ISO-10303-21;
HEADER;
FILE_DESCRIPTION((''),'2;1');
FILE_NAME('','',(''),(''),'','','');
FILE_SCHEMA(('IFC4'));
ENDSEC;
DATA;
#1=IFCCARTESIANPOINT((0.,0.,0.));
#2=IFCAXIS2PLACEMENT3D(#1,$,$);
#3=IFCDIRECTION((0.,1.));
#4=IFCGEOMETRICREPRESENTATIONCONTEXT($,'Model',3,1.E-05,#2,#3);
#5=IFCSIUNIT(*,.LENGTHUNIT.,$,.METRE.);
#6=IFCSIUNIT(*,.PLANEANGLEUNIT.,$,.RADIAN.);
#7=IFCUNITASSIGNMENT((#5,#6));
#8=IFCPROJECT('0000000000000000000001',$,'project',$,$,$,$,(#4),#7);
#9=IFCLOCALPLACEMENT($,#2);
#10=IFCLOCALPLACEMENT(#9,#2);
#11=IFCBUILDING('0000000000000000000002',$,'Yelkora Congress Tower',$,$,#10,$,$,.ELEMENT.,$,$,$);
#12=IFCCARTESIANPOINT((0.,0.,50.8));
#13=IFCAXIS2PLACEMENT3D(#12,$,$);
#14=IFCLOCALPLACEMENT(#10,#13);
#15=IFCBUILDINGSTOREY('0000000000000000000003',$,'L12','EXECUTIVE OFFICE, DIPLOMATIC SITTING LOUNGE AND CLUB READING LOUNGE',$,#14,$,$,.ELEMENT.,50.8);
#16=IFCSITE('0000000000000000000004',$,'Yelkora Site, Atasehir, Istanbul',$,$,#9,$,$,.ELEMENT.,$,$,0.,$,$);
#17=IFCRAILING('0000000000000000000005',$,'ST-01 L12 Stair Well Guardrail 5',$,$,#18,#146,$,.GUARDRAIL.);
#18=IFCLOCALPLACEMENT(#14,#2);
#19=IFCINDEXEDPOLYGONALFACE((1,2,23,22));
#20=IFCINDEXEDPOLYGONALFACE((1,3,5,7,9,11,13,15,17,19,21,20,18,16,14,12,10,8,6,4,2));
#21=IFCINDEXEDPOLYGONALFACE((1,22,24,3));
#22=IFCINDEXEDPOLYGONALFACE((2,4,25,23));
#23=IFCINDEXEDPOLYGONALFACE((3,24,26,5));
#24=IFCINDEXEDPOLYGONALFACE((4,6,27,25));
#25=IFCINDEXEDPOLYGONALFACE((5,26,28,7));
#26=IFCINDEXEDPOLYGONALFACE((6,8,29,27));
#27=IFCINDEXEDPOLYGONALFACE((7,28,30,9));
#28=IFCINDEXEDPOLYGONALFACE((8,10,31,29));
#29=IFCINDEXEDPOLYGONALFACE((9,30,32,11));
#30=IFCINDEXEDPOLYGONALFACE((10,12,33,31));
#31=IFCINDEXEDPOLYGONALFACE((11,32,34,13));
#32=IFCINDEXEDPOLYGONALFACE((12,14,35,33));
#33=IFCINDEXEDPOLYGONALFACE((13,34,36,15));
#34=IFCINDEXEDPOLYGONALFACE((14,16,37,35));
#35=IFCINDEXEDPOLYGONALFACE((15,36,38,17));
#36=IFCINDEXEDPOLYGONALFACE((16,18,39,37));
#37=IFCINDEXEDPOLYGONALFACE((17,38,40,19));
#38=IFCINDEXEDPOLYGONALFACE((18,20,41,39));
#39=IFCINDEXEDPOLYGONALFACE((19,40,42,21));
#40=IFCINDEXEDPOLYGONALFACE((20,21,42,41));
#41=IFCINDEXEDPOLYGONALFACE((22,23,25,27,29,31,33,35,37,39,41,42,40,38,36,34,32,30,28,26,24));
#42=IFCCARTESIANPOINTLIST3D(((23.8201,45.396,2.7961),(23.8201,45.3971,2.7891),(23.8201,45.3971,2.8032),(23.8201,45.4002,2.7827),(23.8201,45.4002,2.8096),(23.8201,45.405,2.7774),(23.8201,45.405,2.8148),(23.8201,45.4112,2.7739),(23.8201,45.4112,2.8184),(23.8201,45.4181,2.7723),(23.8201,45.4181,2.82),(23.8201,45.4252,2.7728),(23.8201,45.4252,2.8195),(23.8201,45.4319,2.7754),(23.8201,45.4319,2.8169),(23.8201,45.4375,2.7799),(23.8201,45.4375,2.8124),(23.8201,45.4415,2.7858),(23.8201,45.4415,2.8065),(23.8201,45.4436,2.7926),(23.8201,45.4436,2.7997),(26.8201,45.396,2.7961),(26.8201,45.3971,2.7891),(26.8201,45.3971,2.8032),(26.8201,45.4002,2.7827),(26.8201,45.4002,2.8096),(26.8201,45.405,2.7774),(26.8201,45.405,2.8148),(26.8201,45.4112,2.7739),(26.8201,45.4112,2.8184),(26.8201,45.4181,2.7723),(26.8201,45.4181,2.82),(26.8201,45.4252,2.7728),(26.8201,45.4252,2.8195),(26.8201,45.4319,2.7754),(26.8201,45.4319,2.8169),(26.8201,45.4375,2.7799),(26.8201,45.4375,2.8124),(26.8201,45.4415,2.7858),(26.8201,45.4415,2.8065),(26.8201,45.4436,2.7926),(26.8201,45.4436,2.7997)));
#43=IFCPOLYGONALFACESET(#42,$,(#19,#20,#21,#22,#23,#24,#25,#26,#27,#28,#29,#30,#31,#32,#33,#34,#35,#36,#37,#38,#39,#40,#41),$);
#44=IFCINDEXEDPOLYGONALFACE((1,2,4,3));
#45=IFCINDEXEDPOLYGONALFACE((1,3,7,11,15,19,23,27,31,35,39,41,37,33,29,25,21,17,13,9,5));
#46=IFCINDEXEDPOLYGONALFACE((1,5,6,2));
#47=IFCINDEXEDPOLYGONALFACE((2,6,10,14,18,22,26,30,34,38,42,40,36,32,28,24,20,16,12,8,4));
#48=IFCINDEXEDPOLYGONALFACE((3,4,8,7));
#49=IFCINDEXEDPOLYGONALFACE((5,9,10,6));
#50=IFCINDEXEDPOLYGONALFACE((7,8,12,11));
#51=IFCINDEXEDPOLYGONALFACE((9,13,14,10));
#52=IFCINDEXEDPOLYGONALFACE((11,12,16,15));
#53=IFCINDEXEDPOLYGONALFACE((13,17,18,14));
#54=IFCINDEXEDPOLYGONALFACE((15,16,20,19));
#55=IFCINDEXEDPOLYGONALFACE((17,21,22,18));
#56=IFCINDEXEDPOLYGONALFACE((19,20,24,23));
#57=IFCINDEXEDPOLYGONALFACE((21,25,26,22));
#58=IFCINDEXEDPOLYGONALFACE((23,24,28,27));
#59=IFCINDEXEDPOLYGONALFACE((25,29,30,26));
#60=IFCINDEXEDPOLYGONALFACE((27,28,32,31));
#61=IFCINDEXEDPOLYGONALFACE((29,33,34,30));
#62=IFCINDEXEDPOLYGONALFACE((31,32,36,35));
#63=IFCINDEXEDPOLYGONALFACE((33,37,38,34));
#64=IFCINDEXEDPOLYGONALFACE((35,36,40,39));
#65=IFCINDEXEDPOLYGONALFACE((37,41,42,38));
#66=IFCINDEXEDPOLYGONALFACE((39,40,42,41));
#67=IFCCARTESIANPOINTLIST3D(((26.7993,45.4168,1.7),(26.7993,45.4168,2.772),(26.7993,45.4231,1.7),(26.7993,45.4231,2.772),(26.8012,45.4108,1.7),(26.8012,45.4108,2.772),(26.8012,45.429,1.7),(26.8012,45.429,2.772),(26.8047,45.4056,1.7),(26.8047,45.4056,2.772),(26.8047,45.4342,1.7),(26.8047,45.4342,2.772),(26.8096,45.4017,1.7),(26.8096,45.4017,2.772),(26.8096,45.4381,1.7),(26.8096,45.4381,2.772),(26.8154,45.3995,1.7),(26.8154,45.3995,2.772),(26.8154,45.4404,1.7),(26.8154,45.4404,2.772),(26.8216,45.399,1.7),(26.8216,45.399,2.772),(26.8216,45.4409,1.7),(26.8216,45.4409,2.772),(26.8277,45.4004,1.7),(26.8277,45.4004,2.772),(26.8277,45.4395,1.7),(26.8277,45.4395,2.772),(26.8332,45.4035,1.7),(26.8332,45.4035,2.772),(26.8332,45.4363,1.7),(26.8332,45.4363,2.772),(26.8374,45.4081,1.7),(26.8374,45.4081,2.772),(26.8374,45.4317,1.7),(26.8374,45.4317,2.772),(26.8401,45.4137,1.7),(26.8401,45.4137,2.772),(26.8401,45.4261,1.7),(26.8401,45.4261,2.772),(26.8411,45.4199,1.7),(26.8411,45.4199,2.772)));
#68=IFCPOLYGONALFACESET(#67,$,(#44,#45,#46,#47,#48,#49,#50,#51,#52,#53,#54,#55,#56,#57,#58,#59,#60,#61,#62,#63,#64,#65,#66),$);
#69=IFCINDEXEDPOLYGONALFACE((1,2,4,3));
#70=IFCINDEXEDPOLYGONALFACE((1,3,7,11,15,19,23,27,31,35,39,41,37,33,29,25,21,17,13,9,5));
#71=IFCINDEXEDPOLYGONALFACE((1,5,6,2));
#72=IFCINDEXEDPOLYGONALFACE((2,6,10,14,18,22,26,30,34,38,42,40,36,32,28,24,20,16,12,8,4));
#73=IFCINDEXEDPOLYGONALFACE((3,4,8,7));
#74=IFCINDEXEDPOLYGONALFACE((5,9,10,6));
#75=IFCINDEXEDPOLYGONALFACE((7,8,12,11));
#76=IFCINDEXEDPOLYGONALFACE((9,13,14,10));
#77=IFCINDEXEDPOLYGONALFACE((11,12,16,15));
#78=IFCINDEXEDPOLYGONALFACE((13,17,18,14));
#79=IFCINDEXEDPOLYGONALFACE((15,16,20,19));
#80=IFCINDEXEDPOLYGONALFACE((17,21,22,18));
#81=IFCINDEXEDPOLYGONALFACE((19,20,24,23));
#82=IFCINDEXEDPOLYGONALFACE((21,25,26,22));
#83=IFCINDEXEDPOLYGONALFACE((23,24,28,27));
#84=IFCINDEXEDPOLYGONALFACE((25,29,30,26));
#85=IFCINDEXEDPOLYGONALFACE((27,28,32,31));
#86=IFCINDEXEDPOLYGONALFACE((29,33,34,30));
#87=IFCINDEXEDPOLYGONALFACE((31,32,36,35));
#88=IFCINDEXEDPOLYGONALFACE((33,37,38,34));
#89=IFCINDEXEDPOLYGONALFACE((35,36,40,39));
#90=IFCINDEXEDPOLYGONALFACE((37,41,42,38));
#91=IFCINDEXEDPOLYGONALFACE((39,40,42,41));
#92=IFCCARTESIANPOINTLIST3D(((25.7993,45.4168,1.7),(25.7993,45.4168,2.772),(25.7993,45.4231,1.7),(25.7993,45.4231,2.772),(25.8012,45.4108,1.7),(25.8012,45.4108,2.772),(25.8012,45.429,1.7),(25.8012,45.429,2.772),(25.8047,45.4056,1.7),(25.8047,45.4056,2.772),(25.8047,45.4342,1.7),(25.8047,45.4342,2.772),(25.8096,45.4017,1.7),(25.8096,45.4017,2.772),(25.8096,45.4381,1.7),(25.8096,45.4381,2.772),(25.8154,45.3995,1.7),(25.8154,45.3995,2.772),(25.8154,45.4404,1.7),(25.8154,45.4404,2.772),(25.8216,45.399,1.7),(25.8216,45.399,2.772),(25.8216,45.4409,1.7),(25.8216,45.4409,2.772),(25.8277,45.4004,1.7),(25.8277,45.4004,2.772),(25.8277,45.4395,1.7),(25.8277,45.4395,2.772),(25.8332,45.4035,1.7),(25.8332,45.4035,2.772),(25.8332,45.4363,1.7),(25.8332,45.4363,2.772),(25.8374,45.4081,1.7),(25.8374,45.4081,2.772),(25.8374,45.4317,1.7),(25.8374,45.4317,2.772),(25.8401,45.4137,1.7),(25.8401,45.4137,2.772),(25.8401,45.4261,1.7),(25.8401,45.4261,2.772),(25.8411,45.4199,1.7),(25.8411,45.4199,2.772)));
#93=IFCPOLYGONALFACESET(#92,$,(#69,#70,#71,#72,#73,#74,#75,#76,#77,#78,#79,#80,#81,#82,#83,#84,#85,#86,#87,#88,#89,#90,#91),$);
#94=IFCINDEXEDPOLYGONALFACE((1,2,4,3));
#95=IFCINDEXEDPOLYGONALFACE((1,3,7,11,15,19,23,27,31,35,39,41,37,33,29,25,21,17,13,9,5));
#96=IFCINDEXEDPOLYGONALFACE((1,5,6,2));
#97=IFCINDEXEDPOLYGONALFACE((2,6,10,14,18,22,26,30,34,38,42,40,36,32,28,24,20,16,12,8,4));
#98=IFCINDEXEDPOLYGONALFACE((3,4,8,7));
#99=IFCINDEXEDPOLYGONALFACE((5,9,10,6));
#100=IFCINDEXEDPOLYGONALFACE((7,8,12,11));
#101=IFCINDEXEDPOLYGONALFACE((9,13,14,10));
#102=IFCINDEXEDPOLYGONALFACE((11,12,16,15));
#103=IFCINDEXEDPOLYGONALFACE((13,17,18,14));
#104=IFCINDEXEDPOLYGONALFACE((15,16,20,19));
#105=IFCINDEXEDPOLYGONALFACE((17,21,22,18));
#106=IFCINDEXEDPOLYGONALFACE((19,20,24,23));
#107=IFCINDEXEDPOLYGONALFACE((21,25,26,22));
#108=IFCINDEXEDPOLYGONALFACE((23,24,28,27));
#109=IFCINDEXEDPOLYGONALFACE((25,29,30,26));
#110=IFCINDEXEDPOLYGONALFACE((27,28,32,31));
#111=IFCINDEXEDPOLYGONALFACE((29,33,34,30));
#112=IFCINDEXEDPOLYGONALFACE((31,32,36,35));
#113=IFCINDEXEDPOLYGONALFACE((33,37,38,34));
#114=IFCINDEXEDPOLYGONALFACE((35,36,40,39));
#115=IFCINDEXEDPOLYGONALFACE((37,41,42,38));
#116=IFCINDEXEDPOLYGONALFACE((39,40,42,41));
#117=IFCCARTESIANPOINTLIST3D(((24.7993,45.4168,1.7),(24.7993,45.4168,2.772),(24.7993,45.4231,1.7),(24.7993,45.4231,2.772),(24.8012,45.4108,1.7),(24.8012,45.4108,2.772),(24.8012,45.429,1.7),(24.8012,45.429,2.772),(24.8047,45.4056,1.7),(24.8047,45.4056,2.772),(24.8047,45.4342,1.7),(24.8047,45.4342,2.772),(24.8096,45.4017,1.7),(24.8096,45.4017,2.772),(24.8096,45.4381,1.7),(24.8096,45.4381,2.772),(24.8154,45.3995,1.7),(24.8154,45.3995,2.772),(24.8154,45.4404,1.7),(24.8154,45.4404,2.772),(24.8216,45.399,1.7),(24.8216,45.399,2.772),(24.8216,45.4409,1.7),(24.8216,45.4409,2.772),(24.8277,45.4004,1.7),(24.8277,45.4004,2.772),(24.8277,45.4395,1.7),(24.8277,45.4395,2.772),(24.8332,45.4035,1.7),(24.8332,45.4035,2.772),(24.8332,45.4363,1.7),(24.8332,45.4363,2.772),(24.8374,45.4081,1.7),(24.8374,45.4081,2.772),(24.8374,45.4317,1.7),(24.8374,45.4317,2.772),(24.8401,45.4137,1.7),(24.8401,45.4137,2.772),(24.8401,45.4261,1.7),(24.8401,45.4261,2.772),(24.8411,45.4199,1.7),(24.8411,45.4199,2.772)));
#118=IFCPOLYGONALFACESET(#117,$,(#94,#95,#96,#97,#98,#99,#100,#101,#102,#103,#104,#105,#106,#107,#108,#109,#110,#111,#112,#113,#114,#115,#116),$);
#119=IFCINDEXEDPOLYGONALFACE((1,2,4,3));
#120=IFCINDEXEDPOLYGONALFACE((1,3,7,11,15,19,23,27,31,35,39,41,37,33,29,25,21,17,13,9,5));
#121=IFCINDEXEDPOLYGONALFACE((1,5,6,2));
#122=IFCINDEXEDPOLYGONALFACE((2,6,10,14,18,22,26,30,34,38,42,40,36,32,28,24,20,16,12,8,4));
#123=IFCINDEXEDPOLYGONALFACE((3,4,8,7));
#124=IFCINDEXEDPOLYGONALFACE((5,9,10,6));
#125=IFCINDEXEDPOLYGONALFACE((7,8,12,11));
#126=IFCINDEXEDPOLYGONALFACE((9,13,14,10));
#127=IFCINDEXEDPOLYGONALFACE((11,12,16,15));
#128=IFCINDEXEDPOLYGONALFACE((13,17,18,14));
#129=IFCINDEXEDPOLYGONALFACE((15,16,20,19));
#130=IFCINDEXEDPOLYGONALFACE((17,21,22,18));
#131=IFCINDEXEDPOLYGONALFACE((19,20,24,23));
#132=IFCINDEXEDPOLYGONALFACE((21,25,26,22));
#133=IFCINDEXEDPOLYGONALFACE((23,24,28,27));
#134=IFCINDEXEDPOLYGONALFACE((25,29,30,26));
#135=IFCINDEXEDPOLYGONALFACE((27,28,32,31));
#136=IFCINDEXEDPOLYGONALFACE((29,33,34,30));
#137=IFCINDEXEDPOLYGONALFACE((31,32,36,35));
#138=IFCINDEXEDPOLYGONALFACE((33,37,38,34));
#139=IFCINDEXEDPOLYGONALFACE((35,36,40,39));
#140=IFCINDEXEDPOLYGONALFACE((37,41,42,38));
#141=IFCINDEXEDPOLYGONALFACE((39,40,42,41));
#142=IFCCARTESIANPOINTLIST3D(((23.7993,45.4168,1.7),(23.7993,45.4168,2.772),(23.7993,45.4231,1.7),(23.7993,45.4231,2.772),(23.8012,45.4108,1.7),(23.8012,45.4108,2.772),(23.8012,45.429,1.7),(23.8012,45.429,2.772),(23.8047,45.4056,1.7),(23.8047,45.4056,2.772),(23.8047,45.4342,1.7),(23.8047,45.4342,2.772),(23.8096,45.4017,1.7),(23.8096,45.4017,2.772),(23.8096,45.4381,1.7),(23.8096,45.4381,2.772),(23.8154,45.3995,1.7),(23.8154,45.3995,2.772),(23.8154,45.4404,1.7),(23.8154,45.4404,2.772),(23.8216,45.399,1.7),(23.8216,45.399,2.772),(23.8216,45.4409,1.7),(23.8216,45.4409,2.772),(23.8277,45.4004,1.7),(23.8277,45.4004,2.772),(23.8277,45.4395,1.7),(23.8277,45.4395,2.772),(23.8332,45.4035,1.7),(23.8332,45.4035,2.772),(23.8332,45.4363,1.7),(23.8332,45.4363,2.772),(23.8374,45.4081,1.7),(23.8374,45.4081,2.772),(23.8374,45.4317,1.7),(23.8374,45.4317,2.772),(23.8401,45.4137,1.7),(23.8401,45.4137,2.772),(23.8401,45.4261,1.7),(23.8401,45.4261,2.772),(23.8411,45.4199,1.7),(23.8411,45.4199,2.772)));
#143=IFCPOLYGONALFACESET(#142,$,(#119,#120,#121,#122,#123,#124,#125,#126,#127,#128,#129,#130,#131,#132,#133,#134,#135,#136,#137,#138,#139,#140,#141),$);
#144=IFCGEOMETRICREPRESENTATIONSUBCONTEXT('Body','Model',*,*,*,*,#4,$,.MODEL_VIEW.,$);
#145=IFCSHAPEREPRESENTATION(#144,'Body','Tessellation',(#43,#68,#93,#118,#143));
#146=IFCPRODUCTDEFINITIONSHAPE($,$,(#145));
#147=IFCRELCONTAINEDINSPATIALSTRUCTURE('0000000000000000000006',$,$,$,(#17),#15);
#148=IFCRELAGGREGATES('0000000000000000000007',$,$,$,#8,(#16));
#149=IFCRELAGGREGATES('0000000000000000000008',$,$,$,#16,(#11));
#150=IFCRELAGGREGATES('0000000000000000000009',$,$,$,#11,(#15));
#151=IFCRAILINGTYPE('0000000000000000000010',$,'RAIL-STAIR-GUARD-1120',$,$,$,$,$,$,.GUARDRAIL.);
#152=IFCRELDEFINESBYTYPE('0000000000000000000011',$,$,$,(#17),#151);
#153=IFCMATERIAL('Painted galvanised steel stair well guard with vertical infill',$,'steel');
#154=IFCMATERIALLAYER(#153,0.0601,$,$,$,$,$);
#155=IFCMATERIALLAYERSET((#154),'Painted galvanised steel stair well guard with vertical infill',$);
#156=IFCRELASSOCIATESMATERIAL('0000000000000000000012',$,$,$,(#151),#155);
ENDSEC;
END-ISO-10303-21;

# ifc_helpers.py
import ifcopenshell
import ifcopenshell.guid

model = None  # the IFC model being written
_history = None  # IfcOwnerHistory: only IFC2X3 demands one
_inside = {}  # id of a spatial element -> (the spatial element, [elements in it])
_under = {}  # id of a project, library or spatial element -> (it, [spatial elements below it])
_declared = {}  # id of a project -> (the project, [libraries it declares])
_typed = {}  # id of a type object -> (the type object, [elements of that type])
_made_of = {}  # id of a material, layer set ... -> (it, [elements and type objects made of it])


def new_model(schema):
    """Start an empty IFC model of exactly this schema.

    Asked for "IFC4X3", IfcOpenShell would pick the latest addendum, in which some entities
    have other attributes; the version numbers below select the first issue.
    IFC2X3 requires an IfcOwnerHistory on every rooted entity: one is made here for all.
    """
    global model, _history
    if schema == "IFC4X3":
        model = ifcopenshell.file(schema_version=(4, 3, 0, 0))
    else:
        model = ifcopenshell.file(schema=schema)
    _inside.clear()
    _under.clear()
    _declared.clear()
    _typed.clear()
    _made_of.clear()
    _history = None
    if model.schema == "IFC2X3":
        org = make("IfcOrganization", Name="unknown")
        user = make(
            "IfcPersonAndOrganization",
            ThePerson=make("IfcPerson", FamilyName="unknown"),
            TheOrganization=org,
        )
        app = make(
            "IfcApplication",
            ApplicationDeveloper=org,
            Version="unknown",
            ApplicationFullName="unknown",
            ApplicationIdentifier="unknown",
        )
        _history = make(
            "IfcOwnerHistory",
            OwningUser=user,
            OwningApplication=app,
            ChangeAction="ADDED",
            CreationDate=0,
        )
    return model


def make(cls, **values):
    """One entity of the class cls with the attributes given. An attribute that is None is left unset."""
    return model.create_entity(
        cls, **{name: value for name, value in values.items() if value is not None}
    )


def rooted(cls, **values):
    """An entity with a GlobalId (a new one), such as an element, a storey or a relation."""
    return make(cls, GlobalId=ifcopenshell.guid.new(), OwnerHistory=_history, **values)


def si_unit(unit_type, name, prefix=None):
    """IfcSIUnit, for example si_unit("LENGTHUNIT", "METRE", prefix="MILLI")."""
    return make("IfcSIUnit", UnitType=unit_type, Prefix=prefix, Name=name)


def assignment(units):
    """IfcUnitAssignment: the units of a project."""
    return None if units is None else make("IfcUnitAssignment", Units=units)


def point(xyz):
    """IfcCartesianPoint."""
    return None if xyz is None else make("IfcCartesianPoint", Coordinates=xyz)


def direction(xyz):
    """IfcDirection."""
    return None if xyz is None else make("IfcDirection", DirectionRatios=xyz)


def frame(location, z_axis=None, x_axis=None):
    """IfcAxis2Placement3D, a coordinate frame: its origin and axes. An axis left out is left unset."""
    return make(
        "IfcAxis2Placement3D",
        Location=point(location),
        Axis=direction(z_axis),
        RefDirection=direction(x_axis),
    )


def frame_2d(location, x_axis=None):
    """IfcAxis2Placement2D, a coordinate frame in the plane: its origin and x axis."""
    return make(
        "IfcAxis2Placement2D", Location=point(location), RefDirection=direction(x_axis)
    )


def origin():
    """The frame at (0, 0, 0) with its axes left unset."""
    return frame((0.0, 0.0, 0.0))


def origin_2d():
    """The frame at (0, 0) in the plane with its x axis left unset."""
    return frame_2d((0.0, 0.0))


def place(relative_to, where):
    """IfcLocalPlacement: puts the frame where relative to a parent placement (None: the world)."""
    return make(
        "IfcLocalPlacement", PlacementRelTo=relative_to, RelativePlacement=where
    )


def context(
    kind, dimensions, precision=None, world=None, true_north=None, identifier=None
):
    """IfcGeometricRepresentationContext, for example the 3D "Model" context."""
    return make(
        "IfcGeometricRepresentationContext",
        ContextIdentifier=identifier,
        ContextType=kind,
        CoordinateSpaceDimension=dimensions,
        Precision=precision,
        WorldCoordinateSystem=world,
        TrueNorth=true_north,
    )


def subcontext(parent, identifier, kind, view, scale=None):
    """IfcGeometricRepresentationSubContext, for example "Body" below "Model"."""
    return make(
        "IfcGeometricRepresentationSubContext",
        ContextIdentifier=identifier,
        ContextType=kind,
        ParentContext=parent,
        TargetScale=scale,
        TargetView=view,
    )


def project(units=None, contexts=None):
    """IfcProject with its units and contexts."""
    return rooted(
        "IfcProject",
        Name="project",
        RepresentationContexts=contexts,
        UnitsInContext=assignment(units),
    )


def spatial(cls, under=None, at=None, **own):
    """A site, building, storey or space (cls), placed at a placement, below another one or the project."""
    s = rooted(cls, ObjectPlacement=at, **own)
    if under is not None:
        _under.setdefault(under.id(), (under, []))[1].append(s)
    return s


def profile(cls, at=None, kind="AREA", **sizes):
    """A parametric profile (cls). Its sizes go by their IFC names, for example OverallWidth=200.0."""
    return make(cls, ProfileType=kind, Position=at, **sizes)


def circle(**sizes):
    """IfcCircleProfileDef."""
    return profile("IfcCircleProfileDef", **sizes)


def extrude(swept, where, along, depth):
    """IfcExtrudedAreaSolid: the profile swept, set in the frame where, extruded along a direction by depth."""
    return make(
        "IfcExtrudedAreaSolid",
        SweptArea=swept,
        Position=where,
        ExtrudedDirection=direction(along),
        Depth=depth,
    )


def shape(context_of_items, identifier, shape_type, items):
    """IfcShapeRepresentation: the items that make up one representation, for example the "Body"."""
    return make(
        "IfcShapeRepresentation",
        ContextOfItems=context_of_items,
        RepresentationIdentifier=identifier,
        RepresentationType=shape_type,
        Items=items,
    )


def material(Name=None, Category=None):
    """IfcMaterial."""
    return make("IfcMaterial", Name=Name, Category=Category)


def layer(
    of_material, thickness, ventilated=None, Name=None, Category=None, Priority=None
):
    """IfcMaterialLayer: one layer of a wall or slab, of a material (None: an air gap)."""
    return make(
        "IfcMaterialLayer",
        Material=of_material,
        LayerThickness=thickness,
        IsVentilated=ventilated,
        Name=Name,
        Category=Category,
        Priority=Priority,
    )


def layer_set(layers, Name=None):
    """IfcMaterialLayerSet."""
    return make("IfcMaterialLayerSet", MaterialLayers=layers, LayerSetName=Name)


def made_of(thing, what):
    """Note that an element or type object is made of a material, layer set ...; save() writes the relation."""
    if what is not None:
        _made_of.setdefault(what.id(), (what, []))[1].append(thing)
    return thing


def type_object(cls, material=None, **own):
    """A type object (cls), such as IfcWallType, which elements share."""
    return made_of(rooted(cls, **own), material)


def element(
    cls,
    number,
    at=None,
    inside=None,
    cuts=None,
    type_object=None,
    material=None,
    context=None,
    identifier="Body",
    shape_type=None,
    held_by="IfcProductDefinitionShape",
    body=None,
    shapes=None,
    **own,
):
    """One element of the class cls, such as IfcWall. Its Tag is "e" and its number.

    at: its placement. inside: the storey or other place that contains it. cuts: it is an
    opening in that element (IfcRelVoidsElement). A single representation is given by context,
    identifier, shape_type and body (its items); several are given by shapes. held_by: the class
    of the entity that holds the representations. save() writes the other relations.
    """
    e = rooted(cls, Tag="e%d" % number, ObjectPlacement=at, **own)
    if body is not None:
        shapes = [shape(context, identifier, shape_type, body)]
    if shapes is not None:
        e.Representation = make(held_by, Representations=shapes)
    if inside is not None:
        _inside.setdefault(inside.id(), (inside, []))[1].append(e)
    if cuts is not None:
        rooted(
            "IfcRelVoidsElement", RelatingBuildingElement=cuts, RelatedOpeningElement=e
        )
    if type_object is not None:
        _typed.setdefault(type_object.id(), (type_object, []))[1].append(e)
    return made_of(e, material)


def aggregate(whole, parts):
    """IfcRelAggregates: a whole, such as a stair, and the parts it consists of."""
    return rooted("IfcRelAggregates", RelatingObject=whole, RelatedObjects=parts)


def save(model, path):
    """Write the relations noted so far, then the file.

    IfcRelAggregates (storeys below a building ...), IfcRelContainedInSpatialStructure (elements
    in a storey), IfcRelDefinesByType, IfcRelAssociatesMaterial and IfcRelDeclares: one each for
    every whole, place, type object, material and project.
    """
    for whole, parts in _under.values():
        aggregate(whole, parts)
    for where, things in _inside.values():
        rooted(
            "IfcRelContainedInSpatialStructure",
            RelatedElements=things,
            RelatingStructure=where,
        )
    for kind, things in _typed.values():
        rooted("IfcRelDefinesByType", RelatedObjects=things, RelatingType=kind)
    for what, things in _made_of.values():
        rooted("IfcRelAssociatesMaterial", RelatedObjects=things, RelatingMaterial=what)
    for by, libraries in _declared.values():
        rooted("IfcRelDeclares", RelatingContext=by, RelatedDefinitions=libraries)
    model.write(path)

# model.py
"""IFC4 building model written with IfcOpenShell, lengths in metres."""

from ifc_helpers import new_model, si_unit, direction, frame, origin, origin_2d, place, context, subcontext, project, spatial, circle, extrude, material, layer, layer_set, type_object, element, save


model = new_model("IFC4")

# Units and contexts
model_context = context("Model", 3, precision=1e-05, world=origin(), true_north=direction((0.0, 1.0)))
body_context = subcontext(model_context, "Body", "Model", "MODEL_VIEW")
ifc_project = project(units=[si_unit("LENGTHUNIT", "METRE"), si_unit("PLANEANGLEUNIT", "RADIAN")], contexts=[model_context])

# Site, building, storey
site_placement = place(None, origin())
site = spatial("IfcSite", under=ifc_project, at=site_placement, Name="Yelkora Site, Atasehir, Istanbul", CompositionType="ELEMENT", RefElevation=0.0)
building_placement = place(site_placement, origin())
building = spatial("IfcBuilding", under=site, at=building_placement, Name="Yelkora Congress Tower", CompositionType="ELEMENT")
storey_placement = place(building_placement, frame((0.0, 0.0, 50.8)))
storey = spatial("IfcBuildingStorey", under=building, at=storey_placement, Name="L12", Description="EXECUTIVE OFFICE, DIPLOMATIC SITTING LOUNGE AND CLUB READING LOUNGE", CompositionType="ELEMENT", Elevation=50.8)

# Railing
ifc_material_1 = material(Name="Painted galvanised steel stair well guard with vertical infill", Category="steel")
ifc_layer_1 = layer(ifc_material_1, 0.0601)
ifc_layer_set_1 = layer_set([ifc_layer_1], Name="Painted galvanised steel stair well guard with vertical infill")
railing_type_1 = type_object("IfcRailingType", Name="RAIL-STAIR-GUARD-1120", PredefinedType="GUARDRAIL", material=ifc_layer_set_1)
railing_1_placement = place(storey_placement, frame((26.8201, 45.4199, 1.7)))
element("IfcRailing", 1, at=railing_1_placement, inside=storey, type_object=railing_type_1, Name="ST-01 L12 Stair Well Guardrail 5", PredefinedType="GUARDRAIL", context=body_context, shape_type="SweptSolid", body=[
    extrude(circle(Radius=0.0239, at=origin_2d()), frame((0.0, 0.0, 1.0962), z_axis=(-1.0, 0.0, 0.0), x_axis=(0.0, -1.0, 0.0)), (0.0, 0.0, 1.0), 3.0),
    extrude(circle(Radius=0.021, at=origin_2d()), origin(), (0.0, 0.0, 1.0), 1.072),
    extrude(circle(Radius=0.021, at=origin_2d()), frame((-1.0, 0.0, 0.0)), (0.0, 0.0, 1.0), 1.072),
    extrude(circle(Radius=0.021, at=origin_2d()), frame((-2.0, 0.0, 0.0)), (0.0, 0.0, 1.0), 1.072),
    extrude(circle(Radius=0.021, at=origin_2d()), frame((-3.0, 0.0, 0.0)), (0.0, 0.0, 1.0), 1.072),
])

save(model, "model.ifc")
